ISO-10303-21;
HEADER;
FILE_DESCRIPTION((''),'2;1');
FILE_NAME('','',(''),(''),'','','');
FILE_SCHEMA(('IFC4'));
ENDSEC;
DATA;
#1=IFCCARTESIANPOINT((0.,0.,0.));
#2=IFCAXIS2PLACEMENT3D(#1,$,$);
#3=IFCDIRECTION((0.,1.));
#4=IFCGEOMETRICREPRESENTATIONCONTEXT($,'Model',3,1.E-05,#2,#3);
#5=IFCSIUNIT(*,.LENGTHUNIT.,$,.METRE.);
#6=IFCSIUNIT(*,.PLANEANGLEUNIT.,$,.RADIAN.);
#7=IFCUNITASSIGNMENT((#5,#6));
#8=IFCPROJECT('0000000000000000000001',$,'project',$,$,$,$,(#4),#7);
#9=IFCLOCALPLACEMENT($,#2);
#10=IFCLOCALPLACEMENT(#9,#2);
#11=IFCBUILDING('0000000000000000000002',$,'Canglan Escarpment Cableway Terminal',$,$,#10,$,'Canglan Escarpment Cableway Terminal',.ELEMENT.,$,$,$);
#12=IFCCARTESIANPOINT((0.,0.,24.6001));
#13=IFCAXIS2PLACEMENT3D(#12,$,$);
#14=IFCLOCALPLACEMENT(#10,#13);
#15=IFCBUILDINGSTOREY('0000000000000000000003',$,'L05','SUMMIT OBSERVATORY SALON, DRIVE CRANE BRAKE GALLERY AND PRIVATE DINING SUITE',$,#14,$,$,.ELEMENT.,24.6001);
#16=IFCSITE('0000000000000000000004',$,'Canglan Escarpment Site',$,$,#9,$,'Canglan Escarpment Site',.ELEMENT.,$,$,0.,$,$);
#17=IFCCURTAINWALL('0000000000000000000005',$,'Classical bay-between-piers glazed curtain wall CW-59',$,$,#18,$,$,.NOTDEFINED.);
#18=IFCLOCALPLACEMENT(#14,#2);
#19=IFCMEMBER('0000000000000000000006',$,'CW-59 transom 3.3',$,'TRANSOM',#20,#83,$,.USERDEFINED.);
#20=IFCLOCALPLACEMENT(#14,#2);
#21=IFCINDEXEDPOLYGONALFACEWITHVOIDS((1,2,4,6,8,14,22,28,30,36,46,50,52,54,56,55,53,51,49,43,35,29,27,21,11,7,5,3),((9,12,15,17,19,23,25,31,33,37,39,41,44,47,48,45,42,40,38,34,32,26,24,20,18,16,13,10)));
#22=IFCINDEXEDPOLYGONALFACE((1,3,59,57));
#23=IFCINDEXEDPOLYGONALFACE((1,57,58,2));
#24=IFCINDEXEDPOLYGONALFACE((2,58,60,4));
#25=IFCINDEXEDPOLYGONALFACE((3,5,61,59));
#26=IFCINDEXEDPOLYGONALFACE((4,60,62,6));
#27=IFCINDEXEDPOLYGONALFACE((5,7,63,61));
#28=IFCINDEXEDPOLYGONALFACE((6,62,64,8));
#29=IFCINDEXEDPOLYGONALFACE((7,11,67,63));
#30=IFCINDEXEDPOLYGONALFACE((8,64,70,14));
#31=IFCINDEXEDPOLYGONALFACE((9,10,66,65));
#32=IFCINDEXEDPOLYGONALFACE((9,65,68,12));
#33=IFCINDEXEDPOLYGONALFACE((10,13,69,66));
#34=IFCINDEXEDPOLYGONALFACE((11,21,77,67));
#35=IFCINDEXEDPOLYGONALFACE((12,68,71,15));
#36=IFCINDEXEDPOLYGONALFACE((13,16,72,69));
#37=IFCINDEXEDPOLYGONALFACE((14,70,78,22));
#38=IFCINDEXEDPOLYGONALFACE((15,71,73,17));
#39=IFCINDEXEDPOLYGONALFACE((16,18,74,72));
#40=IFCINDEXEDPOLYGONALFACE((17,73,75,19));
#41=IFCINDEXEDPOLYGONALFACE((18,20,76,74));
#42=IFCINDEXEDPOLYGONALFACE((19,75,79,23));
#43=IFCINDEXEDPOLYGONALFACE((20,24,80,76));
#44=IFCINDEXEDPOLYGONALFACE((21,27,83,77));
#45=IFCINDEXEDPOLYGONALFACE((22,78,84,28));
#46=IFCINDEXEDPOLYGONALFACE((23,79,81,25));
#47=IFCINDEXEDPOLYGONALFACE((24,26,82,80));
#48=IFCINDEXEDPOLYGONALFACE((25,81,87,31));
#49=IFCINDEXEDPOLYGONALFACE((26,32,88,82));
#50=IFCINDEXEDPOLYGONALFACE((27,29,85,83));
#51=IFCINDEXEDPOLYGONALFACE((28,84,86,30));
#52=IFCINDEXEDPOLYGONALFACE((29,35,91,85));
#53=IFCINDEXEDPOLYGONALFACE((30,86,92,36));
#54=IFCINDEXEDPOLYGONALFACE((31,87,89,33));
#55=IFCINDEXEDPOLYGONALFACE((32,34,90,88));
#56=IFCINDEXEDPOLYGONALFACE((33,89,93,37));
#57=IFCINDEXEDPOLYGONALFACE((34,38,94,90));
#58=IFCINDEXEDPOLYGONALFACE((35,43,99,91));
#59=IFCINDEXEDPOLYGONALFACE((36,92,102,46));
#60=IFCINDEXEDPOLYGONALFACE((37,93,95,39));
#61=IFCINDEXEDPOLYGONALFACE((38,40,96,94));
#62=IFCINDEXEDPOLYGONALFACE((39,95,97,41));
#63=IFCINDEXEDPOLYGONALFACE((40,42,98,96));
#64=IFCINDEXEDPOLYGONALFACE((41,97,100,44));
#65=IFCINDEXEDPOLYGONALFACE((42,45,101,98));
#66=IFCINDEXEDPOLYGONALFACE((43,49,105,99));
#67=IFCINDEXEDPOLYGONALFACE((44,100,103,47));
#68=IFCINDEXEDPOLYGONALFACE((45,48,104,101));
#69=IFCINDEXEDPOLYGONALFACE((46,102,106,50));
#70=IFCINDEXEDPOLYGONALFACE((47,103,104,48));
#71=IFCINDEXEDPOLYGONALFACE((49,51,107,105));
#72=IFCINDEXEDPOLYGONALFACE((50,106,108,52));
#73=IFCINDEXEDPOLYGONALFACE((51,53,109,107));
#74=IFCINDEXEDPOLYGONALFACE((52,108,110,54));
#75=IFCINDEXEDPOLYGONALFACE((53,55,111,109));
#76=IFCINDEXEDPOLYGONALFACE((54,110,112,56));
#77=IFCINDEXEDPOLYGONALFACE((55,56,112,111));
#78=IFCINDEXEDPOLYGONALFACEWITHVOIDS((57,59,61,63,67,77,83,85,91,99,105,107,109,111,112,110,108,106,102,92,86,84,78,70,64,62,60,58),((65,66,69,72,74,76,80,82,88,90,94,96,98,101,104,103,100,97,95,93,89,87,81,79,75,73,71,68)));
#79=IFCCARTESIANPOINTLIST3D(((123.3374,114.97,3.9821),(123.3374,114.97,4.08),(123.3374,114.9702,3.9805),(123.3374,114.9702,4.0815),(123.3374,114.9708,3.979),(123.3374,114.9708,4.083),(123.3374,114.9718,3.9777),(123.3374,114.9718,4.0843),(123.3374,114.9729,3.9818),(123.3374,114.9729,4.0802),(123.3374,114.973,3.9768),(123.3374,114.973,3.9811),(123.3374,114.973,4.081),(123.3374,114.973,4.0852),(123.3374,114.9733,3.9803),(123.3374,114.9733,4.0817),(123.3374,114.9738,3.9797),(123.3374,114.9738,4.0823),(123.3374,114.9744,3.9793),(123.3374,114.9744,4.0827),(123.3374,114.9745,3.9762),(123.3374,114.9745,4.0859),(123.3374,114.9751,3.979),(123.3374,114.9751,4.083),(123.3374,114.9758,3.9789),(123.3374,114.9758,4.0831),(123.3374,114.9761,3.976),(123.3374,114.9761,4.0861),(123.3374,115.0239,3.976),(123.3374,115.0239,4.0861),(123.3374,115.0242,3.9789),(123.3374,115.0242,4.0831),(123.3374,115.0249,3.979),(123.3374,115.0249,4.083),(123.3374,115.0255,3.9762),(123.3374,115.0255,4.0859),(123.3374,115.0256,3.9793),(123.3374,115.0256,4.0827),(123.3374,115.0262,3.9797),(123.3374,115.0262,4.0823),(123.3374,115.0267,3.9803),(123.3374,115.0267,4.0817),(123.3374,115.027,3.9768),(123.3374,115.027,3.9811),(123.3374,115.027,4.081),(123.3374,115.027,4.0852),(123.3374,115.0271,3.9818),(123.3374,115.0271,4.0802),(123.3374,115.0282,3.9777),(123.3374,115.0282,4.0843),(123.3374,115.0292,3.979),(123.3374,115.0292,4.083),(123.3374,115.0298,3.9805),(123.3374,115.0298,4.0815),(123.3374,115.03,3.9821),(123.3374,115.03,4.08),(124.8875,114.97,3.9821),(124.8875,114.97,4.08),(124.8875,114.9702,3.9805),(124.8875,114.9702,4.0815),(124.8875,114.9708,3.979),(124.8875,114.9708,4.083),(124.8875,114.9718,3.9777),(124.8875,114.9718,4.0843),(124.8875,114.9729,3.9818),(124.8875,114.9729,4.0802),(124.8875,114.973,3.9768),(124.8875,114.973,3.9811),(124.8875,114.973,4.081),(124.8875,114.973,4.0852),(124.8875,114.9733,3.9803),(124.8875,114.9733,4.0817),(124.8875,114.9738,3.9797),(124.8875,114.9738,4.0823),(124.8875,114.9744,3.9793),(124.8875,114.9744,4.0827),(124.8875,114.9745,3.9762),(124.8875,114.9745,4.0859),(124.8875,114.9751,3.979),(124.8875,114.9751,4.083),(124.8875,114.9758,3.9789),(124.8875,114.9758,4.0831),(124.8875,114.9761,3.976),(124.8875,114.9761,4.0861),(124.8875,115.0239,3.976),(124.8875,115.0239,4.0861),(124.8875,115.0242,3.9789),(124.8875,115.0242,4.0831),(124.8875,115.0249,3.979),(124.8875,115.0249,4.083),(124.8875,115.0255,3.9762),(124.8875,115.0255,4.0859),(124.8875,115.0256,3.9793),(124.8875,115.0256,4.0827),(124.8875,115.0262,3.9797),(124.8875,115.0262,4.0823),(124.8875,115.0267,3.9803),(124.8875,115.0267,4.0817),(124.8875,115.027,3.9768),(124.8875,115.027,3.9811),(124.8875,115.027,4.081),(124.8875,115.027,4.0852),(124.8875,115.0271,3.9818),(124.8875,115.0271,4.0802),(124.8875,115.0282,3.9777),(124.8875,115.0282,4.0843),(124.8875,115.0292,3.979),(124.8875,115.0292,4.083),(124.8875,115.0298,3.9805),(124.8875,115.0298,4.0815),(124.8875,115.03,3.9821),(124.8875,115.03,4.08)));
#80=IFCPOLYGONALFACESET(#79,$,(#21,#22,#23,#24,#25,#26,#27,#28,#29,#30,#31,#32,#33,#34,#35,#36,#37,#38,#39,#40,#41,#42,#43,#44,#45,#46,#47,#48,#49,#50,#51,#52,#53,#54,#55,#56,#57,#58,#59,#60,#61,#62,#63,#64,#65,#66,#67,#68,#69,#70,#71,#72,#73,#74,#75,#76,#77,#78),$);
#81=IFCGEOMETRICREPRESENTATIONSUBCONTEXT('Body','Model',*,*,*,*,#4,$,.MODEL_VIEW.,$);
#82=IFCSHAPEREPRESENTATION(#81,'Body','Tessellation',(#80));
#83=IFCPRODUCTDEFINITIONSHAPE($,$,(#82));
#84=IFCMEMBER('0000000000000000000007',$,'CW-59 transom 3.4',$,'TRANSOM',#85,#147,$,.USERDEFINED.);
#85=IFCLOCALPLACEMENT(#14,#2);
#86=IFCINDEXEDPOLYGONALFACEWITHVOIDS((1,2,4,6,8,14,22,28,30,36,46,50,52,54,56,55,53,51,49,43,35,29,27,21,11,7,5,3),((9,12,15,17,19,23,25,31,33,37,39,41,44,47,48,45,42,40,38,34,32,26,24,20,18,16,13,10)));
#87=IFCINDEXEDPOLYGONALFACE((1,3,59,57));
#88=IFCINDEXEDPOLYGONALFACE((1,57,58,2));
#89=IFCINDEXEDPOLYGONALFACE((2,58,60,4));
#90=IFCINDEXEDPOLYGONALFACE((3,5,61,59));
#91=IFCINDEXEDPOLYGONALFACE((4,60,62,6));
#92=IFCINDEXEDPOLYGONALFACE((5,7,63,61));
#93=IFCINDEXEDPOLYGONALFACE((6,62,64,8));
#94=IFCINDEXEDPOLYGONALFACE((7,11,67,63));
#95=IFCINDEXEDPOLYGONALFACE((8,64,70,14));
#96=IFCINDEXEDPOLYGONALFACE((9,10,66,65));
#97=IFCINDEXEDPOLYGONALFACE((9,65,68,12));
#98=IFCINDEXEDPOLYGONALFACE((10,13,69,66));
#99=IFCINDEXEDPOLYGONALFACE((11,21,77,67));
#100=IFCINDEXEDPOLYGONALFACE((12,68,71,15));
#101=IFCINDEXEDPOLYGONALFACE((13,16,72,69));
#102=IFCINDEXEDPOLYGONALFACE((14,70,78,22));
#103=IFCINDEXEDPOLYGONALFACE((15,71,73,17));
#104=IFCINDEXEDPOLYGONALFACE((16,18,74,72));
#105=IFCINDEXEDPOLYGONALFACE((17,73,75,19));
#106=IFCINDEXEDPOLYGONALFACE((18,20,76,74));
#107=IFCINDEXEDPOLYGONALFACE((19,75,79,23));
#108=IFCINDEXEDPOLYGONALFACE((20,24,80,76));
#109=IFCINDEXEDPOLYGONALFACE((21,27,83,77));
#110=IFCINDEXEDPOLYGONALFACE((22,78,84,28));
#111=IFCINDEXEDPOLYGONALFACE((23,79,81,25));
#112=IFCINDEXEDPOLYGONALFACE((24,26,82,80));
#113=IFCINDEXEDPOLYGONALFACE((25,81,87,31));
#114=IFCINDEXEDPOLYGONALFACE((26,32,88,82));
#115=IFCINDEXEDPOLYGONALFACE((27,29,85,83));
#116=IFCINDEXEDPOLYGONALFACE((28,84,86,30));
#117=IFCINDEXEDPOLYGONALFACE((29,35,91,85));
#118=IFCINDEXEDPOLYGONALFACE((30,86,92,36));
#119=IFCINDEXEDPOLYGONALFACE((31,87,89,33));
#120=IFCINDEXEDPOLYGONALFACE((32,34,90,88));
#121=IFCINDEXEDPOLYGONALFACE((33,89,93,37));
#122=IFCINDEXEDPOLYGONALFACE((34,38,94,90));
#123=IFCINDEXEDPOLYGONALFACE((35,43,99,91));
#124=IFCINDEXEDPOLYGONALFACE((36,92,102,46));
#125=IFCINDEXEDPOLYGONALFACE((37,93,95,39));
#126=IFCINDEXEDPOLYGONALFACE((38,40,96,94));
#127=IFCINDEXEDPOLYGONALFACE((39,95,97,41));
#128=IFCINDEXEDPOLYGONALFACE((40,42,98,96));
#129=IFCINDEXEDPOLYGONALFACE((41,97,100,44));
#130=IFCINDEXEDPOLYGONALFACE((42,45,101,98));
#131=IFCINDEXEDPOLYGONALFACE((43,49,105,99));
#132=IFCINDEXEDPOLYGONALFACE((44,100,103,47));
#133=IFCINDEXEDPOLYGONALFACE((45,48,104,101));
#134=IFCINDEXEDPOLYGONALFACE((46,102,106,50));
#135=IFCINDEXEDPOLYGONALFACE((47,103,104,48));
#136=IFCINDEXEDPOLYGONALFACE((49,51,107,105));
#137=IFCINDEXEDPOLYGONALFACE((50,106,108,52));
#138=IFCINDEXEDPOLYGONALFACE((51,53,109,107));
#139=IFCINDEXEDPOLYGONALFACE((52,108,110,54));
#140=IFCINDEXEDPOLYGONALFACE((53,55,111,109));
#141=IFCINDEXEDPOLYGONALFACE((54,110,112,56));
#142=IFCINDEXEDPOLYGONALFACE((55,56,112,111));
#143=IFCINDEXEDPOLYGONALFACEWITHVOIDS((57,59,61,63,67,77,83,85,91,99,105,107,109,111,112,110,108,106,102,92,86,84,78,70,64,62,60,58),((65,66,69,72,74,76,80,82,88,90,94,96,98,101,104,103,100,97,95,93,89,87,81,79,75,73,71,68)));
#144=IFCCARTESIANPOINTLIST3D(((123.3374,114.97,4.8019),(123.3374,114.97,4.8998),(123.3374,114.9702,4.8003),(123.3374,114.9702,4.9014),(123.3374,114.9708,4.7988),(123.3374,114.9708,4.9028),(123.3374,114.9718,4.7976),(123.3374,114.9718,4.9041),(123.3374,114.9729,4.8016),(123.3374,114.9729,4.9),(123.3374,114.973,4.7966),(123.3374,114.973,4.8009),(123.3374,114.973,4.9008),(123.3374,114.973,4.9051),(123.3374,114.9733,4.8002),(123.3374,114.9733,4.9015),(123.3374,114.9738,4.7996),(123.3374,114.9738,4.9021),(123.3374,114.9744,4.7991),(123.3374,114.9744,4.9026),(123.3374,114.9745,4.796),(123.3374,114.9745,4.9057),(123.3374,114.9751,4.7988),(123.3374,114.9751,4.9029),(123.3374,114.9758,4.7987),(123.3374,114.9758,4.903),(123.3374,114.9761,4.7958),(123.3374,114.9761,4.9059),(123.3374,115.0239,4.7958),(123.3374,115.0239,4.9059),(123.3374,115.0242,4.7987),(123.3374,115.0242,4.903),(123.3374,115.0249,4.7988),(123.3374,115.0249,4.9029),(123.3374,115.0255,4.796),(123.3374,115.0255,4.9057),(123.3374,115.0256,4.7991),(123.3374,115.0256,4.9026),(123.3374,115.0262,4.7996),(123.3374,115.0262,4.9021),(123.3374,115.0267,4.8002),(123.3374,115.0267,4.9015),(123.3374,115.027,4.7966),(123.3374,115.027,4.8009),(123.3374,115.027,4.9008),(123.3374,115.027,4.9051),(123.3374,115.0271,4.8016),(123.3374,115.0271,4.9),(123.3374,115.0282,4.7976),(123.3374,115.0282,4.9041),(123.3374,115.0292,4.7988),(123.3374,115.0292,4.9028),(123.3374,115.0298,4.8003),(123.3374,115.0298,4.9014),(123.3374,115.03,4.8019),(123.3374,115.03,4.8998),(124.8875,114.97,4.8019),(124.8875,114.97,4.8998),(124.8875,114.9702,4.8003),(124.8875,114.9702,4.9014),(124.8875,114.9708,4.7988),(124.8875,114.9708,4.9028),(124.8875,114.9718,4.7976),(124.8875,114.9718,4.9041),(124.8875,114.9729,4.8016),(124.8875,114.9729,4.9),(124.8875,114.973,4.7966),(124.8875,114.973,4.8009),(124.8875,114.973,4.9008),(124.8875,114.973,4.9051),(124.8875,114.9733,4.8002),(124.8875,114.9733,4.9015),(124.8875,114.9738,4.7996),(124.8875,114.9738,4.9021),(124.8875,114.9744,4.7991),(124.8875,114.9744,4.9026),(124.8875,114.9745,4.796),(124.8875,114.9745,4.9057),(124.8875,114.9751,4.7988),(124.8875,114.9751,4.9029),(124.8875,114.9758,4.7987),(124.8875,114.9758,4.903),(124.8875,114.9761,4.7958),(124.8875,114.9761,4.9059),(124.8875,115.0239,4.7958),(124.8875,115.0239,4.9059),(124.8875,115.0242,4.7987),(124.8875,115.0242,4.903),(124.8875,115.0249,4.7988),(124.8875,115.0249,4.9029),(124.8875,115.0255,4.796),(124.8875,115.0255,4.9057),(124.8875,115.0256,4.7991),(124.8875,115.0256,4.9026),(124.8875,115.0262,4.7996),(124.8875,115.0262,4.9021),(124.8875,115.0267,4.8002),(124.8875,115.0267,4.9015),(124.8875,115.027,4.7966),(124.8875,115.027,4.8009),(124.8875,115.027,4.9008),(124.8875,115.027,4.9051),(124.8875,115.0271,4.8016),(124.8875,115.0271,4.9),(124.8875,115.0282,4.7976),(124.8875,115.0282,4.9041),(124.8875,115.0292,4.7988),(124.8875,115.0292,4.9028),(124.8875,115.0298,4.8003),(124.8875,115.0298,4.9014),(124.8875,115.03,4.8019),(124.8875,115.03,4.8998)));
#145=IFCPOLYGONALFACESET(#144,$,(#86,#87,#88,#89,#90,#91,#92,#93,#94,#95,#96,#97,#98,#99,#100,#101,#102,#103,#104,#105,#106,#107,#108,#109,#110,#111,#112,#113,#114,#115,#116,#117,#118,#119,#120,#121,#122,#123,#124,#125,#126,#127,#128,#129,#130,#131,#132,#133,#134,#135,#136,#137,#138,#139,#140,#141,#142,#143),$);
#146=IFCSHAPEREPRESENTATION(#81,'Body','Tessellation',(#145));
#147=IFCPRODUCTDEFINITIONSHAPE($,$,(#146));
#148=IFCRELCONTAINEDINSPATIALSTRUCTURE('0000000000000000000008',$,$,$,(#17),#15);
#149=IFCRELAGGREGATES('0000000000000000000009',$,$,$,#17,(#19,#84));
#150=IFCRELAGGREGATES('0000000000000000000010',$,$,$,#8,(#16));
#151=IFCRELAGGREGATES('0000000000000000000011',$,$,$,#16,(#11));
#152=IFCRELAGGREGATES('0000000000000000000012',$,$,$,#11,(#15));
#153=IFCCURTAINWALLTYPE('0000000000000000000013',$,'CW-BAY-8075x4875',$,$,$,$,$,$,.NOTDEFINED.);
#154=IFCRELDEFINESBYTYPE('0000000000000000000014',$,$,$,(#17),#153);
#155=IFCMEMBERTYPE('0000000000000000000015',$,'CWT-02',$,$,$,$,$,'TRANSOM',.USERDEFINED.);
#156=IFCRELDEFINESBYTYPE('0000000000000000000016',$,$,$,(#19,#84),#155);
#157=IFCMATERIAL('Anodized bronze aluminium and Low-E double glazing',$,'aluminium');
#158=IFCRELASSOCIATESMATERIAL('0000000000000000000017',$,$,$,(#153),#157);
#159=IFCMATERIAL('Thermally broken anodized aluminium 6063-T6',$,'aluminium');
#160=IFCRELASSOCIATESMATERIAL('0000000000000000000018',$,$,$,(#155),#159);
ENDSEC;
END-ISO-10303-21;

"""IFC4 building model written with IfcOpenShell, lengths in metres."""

from ifc_helpers import new_model, si_unit, direction, frame, origin, origin_2d, place, context, subcontext, project, spatial, hollow_rectangle, extrude, material, material_profile, profile_set, type_object, element, aggregate, save


model = new_model("IFC4")

# Units and contexts
model_context = context("Model", 3, precision=1e-05, world=origin(), true_north=direction((0.0, 1.0)))
body_context = subcontext(model_context, "Body", "Model", "MODEL_VIEW")
ifc_project = project(units=[si_unit("LENGTHUNIT", "METRE"), si_unit("PLANEANGLEUNIT", "RADIAN")], contexts=[model_context])

# Site, building, storey
site_placement = place(None, origin())
site = spatial("IfcSite", under=ifc_project, at=site_placement, Name="Canglan Escarpment Site", LongName="Canglan Escarpment Site", CompositionType="ELEMENT", RefElevation=0.0)
building_placement = place(site_placement, origin())
building = spatial("IfcBuilding", under=site, at=building_placement, Name="Canglan Escarpment Cableway Terminal", LongName="Canglan Escarpment Cableway Terminal", CompositionType="ELEMENT")
storey_placement = place(building_placement, frame((0.0, 0.0, 24.6001)))
storey = spatial("IfcBuildingStorey", under=building, at=storey_placement, Name="L05", Description="SUMMIT OBSERVATORY SALON, DRIVE CRANE BRAKE GALLERY AND PRIVATE DINING SUITE", CompositionType="ELEMENT", Elevation=24.6001)

# Curtain wall
ifc_material_1 = material(Name="Anodized bronze aluminium and Low-E double glazing", Category="aluminium")
curtain_wall_type = type_object("IfcCurtainWallType", Name="CW-BAY-8075x4875", PredefinedType="NOTDEFINED", material=ifc_material_1)
curtain_wall_1_placement = place(storey_placement, origin())
curtain_wall_1 = element("IfcCurtainWall", 1, at=curtain_wall_1_placement, inside=storey, type_object=curtain_wall_type, Name="Classical bay-between-piers glazed curtain wall CW-59", PredefinedType="NOTDEFINED")
ifc_material_2 = material(Name="Thermally broken anodized aluminium 6063-T6", Category="aluminium")

# Members
ifc_material_profile_1 = material_profile(ifc_material_2, hollow_rectangle(XDim=0.0601, YDim=0.1101, WallThickness=0.0029, InnerFilletRadius=0.0029, OuterFilletRadius=0.0061, at=origin_2d()), Name="ALU-TRAN 60x110x3")
ifc_profile_set_1 = profile_set([ifc_material_profile_1], Name="Thermally broken anodized aluminium 6063-T6")
member_type_1 = type_object("IfcMemberType", Name="CWT-02", ElementType="TRANSOM", PredefinedType="USERDEFINED", material=ifc_profile_set_1)
member_1_placement = place(storey_placement, frame((124.8875, 115.0, 4.031), z_axis=(-1.0, 0.0, 0.0), x_axis=(0.0, -1.0, 0.0)))
member_1 = element("IfcMember", 2, at=member_1_placement, type_object=member_type_1, Name="CW-59 transom 3.3", ObjectType="TRANSOM", PredefinedType="USERDEFINED", context=body_context, shape_type="SweptSolid", body=[
    extrude(hollow_rectangle(XDim=0.0601, YDim=0.1101, WallThickness=0.0029, InnerFilletRadius=0.0029, OuterFilletRadius=0.0061, at=origin_2d()), origin(), (0.0, 0.0, 1.0), 1.55),
])
member_2_placement = place(storey_placement, frame((124.8875, 115.0, 4.8508), z_axis=(-1.0, 0.0, 0.0), x_axis=(0.0, -1.0, 0.0)))
member_2 = element("IfcMember", 3, at=member_2_placement, type_object=member_type_1, Name="CW-59 transom 3.4", ObjectType="TRANSOM", PredefinedType="USERDEFINED", context=body_context, shape_type="SweptSolid", body=[
    extrude(hollow_rectangle(XDim=0.0601, YDim=0.1101, WallThickness=0.0029, InnerFilletRadius=0.0029, OuterFilletRadius=0.0061, at=origin_2d()), origin(), (0.0, 0.0, 1.0), 1.55),
])

aggregate(curtain_wall_1, [member_1, member_2])

save(model, "model.ifc")
